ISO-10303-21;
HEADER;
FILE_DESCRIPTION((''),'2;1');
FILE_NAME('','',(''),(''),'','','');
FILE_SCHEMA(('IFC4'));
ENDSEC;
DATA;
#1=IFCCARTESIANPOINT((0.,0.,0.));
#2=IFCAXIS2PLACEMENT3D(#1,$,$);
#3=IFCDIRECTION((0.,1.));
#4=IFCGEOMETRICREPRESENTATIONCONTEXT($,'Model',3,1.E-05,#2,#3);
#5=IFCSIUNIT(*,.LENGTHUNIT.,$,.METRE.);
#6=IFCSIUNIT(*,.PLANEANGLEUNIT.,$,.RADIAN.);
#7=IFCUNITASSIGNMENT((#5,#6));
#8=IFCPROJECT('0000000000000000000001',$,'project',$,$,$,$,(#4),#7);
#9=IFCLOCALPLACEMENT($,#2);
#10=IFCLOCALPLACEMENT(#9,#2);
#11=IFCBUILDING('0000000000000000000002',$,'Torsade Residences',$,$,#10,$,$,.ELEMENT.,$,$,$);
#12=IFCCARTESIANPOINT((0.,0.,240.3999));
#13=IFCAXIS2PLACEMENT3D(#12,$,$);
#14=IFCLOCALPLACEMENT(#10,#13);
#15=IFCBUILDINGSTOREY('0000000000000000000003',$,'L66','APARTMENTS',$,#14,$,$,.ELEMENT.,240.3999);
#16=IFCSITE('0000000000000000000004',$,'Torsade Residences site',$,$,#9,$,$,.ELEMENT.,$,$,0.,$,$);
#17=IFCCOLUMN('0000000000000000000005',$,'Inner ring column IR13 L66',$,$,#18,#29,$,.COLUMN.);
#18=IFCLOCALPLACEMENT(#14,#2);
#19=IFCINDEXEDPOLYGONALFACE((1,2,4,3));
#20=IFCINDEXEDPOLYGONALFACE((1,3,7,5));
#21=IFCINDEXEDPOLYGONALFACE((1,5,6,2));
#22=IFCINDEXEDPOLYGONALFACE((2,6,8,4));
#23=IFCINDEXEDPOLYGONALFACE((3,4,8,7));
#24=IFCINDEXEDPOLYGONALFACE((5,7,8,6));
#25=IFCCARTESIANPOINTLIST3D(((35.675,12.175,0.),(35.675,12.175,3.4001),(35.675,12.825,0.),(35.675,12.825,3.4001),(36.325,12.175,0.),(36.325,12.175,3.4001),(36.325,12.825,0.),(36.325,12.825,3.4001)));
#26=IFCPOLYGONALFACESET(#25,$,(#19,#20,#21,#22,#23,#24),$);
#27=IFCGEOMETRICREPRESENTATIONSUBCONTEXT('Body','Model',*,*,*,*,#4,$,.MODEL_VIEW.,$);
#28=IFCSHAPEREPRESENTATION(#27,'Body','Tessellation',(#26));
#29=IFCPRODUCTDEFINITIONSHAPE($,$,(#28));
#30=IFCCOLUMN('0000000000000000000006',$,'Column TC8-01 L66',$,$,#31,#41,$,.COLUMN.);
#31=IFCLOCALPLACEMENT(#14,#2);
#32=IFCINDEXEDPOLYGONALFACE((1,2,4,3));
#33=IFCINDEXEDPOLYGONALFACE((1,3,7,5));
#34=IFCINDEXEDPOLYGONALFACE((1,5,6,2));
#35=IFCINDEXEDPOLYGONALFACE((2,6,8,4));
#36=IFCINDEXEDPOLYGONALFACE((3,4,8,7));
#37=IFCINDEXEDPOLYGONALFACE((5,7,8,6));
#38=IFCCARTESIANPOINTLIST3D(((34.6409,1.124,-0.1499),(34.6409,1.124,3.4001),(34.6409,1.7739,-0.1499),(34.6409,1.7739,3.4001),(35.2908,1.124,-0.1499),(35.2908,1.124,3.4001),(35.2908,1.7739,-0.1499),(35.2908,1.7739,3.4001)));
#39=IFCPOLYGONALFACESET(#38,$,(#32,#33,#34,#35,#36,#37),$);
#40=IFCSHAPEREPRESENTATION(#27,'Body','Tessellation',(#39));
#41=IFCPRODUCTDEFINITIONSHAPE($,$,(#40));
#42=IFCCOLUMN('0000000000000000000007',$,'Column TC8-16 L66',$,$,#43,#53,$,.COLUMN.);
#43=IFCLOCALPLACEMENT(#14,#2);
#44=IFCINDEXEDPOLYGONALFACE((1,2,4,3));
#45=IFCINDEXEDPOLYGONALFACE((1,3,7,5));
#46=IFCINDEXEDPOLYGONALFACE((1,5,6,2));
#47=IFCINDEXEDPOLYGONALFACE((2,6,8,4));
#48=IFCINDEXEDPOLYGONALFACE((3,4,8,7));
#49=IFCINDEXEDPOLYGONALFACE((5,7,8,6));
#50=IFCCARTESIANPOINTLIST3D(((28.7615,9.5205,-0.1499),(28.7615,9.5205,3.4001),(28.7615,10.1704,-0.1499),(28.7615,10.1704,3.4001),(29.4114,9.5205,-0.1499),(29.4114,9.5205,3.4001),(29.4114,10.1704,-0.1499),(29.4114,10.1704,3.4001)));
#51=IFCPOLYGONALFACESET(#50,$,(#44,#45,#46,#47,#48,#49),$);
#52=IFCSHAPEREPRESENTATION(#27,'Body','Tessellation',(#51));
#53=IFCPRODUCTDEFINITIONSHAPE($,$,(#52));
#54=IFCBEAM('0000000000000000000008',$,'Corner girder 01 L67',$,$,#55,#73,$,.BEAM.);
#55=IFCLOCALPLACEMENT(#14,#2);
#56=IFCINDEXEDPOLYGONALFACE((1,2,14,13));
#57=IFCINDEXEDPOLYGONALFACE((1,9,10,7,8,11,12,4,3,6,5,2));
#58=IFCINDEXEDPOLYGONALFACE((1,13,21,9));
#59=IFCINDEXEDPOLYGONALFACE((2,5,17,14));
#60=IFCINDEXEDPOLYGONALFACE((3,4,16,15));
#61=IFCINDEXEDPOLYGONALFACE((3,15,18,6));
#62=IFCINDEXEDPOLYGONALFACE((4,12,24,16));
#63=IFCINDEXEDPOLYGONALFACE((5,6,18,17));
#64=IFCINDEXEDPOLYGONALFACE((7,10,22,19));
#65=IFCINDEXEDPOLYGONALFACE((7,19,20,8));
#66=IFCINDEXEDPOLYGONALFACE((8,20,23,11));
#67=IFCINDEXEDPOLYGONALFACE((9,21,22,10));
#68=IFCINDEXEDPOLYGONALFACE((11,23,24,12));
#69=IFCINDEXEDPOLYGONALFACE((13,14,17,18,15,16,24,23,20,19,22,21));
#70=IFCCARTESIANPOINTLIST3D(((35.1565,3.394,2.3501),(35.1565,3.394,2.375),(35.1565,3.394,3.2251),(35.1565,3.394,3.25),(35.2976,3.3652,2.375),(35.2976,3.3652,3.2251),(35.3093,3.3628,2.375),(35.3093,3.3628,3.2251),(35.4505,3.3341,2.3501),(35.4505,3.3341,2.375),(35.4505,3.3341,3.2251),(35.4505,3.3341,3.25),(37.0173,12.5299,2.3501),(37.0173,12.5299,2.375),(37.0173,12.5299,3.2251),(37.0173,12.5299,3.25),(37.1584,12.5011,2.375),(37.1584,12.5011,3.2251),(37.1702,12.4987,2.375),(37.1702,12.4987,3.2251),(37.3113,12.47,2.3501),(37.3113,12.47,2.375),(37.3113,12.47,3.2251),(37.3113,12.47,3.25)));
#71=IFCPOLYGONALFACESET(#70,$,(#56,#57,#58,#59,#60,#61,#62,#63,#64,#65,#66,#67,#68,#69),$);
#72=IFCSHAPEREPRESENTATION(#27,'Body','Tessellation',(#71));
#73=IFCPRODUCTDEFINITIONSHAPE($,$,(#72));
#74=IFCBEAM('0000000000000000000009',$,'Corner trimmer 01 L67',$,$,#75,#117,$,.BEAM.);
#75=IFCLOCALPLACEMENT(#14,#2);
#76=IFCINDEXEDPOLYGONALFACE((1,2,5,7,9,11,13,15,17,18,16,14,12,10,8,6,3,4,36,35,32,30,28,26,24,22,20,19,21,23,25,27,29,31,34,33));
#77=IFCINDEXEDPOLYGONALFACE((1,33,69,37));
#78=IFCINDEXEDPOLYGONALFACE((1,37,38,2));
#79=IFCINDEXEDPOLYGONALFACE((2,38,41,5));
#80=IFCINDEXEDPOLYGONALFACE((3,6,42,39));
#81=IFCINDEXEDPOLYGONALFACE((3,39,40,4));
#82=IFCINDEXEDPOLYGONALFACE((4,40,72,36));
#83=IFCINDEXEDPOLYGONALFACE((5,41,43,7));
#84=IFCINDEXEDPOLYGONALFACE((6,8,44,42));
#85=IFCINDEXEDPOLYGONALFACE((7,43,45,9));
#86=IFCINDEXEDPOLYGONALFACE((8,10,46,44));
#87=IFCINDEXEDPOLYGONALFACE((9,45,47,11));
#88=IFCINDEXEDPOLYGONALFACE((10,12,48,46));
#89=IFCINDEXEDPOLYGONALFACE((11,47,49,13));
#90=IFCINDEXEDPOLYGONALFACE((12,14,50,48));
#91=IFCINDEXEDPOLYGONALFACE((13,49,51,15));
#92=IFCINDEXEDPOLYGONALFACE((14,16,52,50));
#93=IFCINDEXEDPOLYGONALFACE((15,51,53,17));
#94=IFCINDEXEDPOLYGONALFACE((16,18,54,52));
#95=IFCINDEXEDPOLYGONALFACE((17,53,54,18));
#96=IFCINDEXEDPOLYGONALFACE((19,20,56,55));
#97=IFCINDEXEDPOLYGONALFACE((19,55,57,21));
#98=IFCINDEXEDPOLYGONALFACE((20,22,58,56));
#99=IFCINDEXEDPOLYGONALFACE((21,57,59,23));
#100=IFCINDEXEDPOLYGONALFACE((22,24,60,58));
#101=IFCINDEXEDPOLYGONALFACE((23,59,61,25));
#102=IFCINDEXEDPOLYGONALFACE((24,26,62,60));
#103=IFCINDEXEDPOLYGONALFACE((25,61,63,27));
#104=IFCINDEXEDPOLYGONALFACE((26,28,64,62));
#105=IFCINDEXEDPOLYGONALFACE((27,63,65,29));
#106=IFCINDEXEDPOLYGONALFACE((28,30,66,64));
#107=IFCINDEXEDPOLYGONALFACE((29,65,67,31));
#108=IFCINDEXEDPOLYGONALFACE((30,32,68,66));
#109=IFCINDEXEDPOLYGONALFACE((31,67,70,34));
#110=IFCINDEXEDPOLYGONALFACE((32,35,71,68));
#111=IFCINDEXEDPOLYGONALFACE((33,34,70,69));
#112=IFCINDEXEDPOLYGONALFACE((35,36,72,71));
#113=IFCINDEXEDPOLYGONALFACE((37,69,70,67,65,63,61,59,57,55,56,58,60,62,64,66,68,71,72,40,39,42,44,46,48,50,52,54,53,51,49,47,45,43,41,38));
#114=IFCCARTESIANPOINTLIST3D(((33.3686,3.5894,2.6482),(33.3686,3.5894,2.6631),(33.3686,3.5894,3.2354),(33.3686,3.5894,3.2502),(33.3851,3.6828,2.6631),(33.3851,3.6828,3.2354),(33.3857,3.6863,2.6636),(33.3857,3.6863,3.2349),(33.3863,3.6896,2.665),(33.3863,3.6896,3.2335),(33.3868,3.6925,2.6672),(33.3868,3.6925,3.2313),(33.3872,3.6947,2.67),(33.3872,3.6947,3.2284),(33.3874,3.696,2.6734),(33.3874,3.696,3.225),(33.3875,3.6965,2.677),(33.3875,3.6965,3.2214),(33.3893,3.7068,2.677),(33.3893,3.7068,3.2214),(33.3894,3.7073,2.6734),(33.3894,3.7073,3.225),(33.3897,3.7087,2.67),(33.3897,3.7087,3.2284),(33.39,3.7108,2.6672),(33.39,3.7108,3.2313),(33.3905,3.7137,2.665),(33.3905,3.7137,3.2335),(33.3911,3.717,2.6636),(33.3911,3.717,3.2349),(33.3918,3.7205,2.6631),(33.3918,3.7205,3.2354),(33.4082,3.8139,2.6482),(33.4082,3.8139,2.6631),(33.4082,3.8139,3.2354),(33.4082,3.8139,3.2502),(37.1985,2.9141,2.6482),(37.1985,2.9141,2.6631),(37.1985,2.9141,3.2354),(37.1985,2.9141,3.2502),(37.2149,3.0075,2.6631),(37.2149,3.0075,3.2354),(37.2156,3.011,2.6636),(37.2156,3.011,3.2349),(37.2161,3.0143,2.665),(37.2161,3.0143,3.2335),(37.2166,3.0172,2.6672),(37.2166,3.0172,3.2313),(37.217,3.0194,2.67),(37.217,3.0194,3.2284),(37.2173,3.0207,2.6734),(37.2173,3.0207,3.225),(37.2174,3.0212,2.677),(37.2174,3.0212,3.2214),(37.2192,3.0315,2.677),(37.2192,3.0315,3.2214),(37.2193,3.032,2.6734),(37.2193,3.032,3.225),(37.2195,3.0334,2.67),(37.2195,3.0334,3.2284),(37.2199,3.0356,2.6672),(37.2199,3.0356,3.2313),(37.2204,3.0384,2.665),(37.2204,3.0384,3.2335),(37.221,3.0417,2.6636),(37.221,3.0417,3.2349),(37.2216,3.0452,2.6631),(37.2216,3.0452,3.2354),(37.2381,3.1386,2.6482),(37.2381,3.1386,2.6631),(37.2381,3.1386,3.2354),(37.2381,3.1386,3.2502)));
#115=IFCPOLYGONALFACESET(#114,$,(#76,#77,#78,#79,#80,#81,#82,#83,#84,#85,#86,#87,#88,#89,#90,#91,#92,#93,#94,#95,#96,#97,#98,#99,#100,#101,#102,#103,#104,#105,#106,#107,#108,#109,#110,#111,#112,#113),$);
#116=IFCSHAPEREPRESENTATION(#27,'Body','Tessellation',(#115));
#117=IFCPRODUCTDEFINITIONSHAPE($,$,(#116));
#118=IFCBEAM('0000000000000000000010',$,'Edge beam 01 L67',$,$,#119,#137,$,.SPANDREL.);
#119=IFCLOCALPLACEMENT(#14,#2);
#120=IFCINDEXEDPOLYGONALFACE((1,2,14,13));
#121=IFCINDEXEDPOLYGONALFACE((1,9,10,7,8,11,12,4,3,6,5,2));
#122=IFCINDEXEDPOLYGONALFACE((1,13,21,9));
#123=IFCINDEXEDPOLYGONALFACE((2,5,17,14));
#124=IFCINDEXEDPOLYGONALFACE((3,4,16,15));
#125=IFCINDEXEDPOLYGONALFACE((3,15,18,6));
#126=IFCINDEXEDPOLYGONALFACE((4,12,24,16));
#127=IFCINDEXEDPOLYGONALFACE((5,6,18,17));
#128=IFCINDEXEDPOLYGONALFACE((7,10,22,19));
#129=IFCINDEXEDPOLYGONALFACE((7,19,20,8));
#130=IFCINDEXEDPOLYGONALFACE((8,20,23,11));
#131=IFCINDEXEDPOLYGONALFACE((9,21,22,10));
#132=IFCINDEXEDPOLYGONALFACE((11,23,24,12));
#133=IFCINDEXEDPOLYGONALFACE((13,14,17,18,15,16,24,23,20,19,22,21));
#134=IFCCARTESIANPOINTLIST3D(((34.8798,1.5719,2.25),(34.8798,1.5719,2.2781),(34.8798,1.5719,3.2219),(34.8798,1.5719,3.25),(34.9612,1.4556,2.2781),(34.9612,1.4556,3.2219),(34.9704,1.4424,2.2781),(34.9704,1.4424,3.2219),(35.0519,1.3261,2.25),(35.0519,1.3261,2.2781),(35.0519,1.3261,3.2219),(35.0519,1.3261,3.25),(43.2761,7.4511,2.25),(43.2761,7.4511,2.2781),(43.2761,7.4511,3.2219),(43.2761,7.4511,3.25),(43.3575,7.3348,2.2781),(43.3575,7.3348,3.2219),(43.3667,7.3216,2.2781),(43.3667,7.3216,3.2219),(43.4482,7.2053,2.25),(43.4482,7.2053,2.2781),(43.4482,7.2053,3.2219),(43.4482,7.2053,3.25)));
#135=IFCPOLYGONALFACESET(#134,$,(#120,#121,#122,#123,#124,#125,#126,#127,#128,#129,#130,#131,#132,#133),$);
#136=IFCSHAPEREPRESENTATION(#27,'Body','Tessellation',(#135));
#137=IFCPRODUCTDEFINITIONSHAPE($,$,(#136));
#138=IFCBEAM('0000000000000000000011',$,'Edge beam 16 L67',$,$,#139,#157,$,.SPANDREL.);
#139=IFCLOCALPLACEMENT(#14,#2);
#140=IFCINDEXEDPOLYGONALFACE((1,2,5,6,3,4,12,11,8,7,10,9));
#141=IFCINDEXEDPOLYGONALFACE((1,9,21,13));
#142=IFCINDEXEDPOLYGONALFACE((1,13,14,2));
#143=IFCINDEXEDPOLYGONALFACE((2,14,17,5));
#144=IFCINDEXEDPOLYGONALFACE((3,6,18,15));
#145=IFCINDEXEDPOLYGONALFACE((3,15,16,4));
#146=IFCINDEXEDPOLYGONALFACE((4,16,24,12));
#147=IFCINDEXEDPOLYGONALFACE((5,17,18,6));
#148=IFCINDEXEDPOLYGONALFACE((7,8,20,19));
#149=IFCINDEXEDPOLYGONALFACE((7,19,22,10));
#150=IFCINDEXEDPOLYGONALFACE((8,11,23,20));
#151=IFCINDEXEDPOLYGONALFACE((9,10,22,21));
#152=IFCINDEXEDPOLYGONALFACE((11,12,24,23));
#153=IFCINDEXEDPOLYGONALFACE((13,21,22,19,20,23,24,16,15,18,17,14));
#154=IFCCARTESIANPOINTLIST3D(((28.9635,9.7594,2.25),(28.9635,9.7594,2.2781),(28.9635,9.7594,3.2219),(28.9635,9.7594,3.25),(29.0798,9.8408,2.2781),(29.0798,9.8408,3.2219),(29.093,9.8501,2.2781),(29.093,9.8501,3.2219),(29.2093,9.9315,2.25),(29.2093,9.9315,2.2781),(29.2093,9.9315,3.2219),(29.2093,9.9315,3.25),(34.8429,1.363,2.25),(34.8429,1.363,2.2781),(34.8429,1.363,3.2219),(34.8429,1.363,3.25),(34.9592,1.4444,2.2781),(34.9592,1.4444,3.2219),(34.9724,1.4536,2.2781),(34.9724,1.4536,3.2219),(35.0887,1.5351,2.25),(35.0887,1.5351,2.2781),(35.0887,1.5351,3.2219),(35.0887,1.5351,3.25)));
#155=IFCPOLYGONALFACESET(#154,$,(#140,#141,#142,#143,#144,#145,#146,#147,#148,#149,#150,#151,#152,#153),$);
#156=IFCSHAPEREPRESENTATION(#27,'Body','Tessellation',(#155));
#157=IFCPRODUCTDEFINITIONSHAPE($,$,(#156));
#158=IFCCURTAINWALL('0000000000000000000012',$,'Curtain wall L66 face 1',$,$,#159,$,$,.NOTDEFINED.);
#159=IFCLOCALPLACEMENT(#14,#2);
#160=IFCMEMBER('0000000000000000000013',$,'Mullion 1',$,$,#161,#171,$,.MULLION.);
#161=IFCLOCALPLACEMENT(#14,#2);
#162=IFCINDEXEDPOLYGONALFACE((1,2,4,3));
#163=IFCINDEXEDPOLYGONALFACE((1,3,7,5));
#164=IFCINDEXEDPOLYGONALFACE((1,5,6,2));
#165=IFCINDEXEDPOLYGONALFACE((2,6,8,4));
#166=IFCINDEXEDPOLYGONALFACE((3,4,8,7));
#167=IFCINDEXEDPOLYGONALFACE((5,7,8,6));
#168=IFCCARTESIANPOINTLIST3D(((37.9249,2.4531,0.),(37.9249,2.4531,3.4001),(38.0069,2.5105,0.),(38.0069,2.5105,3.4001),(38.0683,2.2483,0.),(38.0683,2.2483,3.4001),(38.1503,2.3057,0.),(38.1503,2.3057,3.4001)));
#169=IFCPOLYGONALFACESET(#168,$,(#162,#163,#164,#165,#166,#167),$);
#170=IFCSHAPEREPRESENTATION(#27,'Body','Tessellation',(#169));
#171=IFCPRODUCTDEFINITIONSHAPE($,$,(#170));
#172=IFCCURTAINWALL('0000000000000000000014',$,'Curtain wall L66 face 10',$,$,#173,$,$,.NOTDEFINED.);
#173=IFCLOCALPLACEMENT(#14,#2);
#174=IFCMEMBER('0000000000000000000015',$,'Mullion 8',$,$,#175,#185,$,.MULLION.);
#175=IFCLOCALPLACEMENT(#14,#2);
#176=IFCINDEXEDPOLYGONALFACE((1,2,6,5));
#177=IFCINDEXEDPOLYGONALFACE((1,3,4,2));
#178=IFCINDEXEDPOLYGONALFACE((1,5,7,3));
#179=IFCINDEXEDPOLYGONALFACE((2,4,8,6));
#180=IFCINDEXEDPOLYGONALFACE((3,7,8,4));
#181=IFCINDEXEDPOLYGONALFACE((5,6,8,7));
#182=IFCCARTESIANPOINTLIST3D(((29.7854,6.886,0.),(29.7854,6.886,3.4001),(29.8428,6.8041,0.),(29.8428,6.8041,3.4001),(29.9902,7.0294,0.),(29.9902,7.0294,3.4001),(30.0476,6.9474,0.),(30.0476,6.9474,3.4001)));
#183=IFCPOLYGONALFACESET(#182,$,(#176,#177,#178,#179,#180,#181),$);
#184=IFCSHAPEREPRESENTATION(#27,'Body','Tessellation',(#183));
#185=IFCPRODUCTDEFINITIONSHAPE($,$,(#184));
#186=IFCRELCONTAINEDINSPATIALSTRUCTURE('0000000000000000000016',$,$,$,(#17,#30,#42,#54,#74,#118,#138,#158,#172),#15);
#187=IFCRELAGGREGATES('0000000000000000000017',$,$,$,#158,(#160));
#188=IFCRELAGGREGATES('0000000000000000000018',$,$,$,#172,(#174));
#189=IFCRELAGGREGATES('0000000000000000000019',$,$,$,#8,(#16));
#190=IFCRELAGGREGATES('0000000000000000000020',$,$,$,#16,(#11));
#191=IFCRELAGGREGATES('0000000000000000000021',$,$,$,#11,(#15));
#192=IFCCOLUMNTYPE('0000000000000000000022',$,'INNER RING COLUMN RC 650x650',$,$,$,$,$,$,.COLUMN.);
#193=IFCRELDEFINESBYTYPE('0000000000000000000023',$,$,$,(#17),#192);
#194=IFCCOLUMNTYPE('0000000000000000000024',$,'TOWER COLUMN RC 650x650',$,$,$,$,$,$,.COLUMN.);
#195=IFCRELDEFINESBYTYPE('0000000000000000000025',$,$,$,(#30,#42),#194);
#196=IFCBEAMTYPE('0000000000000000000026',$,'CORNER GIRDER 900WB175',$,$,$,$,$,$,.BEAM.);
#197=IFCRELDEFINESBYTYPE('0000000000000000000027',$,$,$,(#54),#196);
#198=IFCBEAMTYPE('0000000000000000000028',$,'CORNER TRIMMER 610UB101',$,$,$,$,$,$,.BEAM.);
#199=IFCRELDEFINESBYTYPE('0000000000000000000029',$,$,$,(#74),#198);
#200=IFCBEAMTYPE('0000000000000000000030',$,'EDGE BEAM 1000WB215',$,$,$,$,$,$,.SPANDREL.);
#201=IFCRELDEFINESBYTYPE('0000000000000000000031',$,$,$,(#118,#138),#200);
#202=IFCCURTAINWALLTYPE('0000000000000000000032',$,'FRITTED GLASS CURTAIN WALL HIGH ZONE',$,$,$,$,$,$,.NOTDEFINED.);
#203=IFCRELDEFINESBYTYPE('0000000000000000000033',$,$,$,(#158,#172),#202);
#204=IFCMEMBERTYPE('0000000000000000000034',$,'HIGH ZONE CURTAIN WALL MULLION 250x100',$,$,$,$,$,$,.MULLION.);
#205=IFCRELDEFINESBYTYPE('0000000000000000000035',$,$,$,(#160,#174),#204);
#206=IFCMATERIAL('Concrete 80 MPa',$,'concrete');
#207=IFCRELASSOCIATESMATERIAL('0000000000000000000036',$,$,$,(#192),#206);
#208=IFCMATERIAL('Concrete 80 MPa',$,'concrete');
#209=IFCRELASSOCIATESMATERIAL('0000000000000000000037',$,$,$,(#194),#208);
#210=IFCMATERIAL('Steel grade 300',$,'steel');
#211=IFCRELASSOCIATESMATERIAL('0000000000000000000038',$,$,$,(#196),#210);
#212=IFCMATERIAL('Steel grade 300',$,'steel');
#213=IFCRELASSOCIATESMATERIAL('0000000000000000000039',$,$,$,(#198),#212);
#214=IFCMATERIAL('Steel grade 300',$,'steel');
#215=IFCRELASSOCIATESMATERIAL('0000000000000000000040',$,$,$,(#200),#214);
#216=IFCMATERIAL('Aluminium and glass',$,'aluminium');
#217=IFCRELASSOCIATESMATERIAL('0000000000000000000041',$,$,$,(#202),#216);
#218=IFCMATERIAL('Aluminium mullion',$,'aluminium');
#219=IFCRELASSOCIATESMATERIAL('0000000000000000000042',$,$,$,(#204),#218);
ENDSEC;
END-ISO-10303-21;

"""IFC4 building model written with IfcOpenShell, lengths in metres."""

from ifc_helpers import new_model, si_unit, direction, frame, origin, origin_2d, place, context, subcontext, project, spatial, rectangle, i_section, extrude, material, material_profile, profile_set, type_object, element, aggregate, save


model = new_model("IFC4")

# Units and contexts
model_context = context("Model", 3, precision=1e-05, world=origin(), true_north=direction((0.0, 1.0)))
body_context = subcontext(model_context, "Body", "Model", "MODEL_VIEW")
ifc_project = project(units=[si_unit("LENGTHUNIT", "METRE"), si_unit("PLANEANGLEUNIT", "RADIAN")], contexts=[model_context])

# Site, building, storey
site_placement = place(None, origin())
site = spatial("IfcSite", under=ifc_project, at=site_placement, Name="Torsade Residences site", CompositionType="ELEMENT", RefElevation=0.0)
building_placement = place(site_placement, origin())
building = spatial("IfcBuilding", under=site, at=building_placement, Name="Torsade Residences", CompositionType="ELEMENT")
storey_placement = place(building_placement, frame((0.0, 0.0, 240.3999)))
storey = spatial("IfcBuildingStorey", under=building, at=storey_placement, Name="L66", Description="APARTMENTS", CompositionType="ELEMENT", Elevation=240.3999)

# Columns
ifc_material_1 = material(Name="Concrete 80 MPa", Category="concrete")
ifc_material_profile_1 = material_profile(ifc_material_1, rectangle(XDim=0.6499, YDim=0.6499, at=origin_2d()), Name="RC 650x650")
ifc_profile_set_1 = profile_set([ifc_material_profile_1], Name="Concrete 80 MPa")
column_type_1 = type_object("IfcColumnType", Name="INNER RING COLUMN RC 650x650", PredefinedType="COLUMN", material=ifc_profile_set_1)
column_placement = place(storey_placement, frame((36.0, 12.5, 0.0), z_axis=(0.0, 0.0, 1.0), x_axis=(1.0, 0.0, 0.0)))
element("IfcColumn", 1, at=column_placement, inside=storey, type_object=column_type_1, Name="Inner ring column IR13 L66", PredefinedType="COLUMN", context=body_context, shape_type="SweptSolid", body=[
    extrude(rectangle(XDim=0.6499, YDim=0.6499, at=origin_2d()), origin(), (0.0, 0.0, 1.0), 3.4001),
])
ifc_material_2 = material(Name="Concrete 80 MPa", Category="concrete")
ifc_material_profile_2 = material_profile(ifc_material_2, rectangle(XDim=0.6499, YDim=0.6499, at=origin_2d()), Name="RC 650x650")
ifc_profile_set_2 = profile_set([ifc_material_profile_2], Name="Concrete 80 MPa")
column_type_2 = type_object("IfcColumnType", Name="TOWER COLUMN RC 650x650", PredefinedType="COLUMN", material=ifc_profile_set_2)
for number, where, z_axis, x_axis, name in (
    (2, (34.9658, 1.449, -0.1499), (0.0, 0.0, 1.0), (1.0, 0.0, 0.0), "Column TC8-01 L66"),
    (3, (29.0864, 9.8455, -0.1499), (0.0, 0.0, 1.0), (1.0, 0.0, 0.0), "Column TC8-16 L66"),
):
    element("IfcColumn", number, at=place(storey_placement, frame(where, z_axis=z_axis, x_axis=x_axis)), inside=storey, type_object=column_type_2, Name=name, PredefinedType="COLUMN", context=body_context, shape_type="SweptSolid", body=[
        extrude(rectangle(XDim=0.6499, YDim=0.6499, at=origin_2d()), origin(), (0.0, 0.0, 1.0), 3.55),
    ])

# Beams
ifc_material_3 = material(Name="Steel grade 300", Category="steel")
ifc_material_profile_3 = material_profile(ifc_material_3, i_section(OverallWidth=0.3, OverallDepth=0.8999, WebThickness=0.012, FlangeThickness=0.0249, at=origin_2d()), Name="900WB175")
ifc_profile_set_3 = profile_set([ifc_material_profile_3], Name="Steel grade 300")
beam_type_1 = type_object("IfcBeamType", Name="CORNER GIRDER 900WB175", PredefinedType="BEAM", material=ifc_profile_set_3)
beam_1_placement = place(storey_placement, frame((35.3035, 3.364, 2.8), z_axis=(0.199584, 0.979881, 0.0), x_axis=(-0.979881, 0.199584, 0.0)))
element("IfcBeam", 4, at=beam_1_placement, inside=storey, type_object=beam_type_1, Name="Corner girder 01 L67", PredefinedType="BEAM", context=body_context, shape_type="SweptSolid", body=[
    extrude(i_section(OverallWidth=0.3, OverallDepth=0.8999, WebThickness=0.012, FlangeThickness=0.0249, at=origin_2d()), origin(), (0.0, 0.0, 1.0), 9.3235),
])
ifc_material_4 = material(Name="Steel grade 300", Category="steel")
ifc_material_profile_4 = material_profile(ifc_material_4, i_section(OverallWidth=0.228, OverallDepth=0.6021, WebThickness=0.0105, FlangeThickness=0.0149, FilletRadius=0.0139, at=origin_2d()), Name="610UB101")
ifc_profile_set_4 = profile_set([ifc_material_profile_4], Name="Steel grade 300")
beam_type_2 = type_object("IfcBeamType", Name="CORNER TRIMMER 610UB101", PredefinedType="BEAM", material=ifc_profile_set_4)
beam_2_placement = place(storey_placement, frame((37.2183, 3.0264, 2.9492), z_axis=(-0.984808, 0.173646, 0.0), x_axis=(-0.173646, -0.984808, 0.0)))
element("IfcBeam", 5, at=beam_2_placement, inside=storey, type_object=beam_type_2, Name="Corner trimmer 01 L67", PredefinedType="BEAM", context=body_context, shape_type="SweptSolid", body=[
    extrude(i_section(OverallWidth=0.228, OverallDepth=0.6021, WebThickness=0.0105, FlangeThickness=0.0149, FilletRadius=0.0139, at=origin_2d()), origin(), (0.0, 0.0, 1.0), 3.8889),
])
ifc_material_5 = material(Name="Steel grade 300", Category="steel")
ifc_material_profile_5 = material_profile(ifc_material_5, i_section(OverallWidth=0.3, OverallDepth=1.0, WebThickness=0.0161, FlangeThickness=0.0281, at=origin_2d()), Name="1000WB215")
ifc_profile_set_5 = profile_set([ifc_material_profile_5], Name="Steel grade 300")
beam_type_3 = type_object("IfcBeamType", Name="EDGE BEAM 1000WB215", PredefinedType="SPANDREL", material=ifc_profile_set_5)
beam_3_placement = place(storey_placement, frame((34.9658, 1.449, 2.75), z_axis=(0.81915, 0.573579, 0.0), x_axis=(-0.573579, 0.81915, 0.0)))
element("IfcBeam", 6, at=beam_3_placement, inside=storey, type_object=beam_type_3, Name="Edge beam 01 L67", PredefinedType="SPANDREL", context=body_context, shape_type="SweptSolid", body=[
    extrude(i_section(OverallWidth=0.3, OverallDepth=1.0, WebThickness=0.0161, FlangeThickness=0.0281, at=origin_2d()), origin(), (0.0, 0.0, 1.0), 10.25),
])
beam_4_placement = place(storey_placement, frame((29.0864, 9.8455, 2.75), z_axis=(0.573584, -0.819147, 0.0), x_axis=(0.819147, 0.573584, 0.0)))
element("IfcBeam", 7, at=beam_4_placement, inside=storey, type_object=beam_type_3, Name="Edge beam 16 L67", PredefinedType="SPANDREL", context=body_context, shape_type="SweptSolid", body=[
    extrude(i_section(OverallWidth=0.3, OverallDepth=1.0, WebThickness=0.0161, FlangeThickness=0.0281, at=origin_2d()), origin(), (0.0, 0.0, 1.0), 10.2502),
])

# Curtain wall, member
ifc_material_6 = material(Name="Aluminium and glass", Category="aluminium")
curtain_wall_type = type_object("IfcCurtainWallType", Name="FRITTED GLASS CURTAIN WALL HIGH ZONE", PredefinedType="NOTDEFINED", material=ifc_material_6)
curtain_wall_1_placement = place(storey_placement, origin())
curtain_wall_1 = element("IfcCurtainWall", 8, at=curtain_wall_1_placement, inside=storey, type_object=curtain_wall_type, Name="Curtain wall L66 face 1", PredefinedType="NOTDEFINED")
ifc_material_7 = material(Name="Aluminium mullion", Category="aluminium")
ifc_material_profile_6 = material_profile(ifc_material_7, rectangle(XDim=0.25, YDim=0.1001, at=origin_2d()), Name="HIGH ZONE CURTAIN WALL MULLION 250x100")
ifc_profile_set_6 = profile_set([ifc_material_profile_6], Name="Aluminium mullion")
member_type_1 = type_object("IfcMemberType", Name="HIGH ZONE CURTAIN WALL MULLION 250x100", PredefinedType="MULLION", material=ifc_profile_set_6)
member_1_placement = place(storey_placement, frame((38.0376, 2.3794, 0.0), z_axis=(0.0, 0.0, 1.0), x_axis=(-0.573576, 0.819152, 0.0)))
member_1 = element("IfcMember", 9, at=member_1_placement, type_object=member_type_1, Name="Mullion 1", PredefinedType="MULLION", context=body_context, shape_type="SweptSolid", body=[
    extrude(rectangle(XDim=0.25, YDim=0.1001, at=origin_2d()), origin(), (0.0, 0.0, 1.0), 3.4001),
])

# Curtain wall, member
curtain_wall_2_placement = place(storey_placement, origin())
curtain_wall_2 = element("IfcCurtainWall", 10, at=curtain_wall_2_placement, inside=storey, type_object=curtain_wall_type, Name="Curtain wall L66 face 10", PredefinedType="NOTDEFINED")
member_2_placement = place(storey_placement, frame((29.9165, 6.9167, 0.0), z_axis=(0.0, 0.0, 1.0), x_axis=(0.819152, 0.573576, 0.0)))
member_2 = element("IfcMember", 11, at=member_2_placement, type_object=member_type_1, Name="Mullion 8", PredefinedType="MULLION", context=body_context, shape_type="SweptSolid", body=[
    extrude(rectangle(XDim=0.25, YDim=0.1001, at=origin_2d()), origin(), (0.0, 0.0, 1.0), 3.4001),
])

aggregate(curtain_wall_1, [member_1])

aggregate(curtain_wall_2, [member_2])

save(model, "model.ifc")
